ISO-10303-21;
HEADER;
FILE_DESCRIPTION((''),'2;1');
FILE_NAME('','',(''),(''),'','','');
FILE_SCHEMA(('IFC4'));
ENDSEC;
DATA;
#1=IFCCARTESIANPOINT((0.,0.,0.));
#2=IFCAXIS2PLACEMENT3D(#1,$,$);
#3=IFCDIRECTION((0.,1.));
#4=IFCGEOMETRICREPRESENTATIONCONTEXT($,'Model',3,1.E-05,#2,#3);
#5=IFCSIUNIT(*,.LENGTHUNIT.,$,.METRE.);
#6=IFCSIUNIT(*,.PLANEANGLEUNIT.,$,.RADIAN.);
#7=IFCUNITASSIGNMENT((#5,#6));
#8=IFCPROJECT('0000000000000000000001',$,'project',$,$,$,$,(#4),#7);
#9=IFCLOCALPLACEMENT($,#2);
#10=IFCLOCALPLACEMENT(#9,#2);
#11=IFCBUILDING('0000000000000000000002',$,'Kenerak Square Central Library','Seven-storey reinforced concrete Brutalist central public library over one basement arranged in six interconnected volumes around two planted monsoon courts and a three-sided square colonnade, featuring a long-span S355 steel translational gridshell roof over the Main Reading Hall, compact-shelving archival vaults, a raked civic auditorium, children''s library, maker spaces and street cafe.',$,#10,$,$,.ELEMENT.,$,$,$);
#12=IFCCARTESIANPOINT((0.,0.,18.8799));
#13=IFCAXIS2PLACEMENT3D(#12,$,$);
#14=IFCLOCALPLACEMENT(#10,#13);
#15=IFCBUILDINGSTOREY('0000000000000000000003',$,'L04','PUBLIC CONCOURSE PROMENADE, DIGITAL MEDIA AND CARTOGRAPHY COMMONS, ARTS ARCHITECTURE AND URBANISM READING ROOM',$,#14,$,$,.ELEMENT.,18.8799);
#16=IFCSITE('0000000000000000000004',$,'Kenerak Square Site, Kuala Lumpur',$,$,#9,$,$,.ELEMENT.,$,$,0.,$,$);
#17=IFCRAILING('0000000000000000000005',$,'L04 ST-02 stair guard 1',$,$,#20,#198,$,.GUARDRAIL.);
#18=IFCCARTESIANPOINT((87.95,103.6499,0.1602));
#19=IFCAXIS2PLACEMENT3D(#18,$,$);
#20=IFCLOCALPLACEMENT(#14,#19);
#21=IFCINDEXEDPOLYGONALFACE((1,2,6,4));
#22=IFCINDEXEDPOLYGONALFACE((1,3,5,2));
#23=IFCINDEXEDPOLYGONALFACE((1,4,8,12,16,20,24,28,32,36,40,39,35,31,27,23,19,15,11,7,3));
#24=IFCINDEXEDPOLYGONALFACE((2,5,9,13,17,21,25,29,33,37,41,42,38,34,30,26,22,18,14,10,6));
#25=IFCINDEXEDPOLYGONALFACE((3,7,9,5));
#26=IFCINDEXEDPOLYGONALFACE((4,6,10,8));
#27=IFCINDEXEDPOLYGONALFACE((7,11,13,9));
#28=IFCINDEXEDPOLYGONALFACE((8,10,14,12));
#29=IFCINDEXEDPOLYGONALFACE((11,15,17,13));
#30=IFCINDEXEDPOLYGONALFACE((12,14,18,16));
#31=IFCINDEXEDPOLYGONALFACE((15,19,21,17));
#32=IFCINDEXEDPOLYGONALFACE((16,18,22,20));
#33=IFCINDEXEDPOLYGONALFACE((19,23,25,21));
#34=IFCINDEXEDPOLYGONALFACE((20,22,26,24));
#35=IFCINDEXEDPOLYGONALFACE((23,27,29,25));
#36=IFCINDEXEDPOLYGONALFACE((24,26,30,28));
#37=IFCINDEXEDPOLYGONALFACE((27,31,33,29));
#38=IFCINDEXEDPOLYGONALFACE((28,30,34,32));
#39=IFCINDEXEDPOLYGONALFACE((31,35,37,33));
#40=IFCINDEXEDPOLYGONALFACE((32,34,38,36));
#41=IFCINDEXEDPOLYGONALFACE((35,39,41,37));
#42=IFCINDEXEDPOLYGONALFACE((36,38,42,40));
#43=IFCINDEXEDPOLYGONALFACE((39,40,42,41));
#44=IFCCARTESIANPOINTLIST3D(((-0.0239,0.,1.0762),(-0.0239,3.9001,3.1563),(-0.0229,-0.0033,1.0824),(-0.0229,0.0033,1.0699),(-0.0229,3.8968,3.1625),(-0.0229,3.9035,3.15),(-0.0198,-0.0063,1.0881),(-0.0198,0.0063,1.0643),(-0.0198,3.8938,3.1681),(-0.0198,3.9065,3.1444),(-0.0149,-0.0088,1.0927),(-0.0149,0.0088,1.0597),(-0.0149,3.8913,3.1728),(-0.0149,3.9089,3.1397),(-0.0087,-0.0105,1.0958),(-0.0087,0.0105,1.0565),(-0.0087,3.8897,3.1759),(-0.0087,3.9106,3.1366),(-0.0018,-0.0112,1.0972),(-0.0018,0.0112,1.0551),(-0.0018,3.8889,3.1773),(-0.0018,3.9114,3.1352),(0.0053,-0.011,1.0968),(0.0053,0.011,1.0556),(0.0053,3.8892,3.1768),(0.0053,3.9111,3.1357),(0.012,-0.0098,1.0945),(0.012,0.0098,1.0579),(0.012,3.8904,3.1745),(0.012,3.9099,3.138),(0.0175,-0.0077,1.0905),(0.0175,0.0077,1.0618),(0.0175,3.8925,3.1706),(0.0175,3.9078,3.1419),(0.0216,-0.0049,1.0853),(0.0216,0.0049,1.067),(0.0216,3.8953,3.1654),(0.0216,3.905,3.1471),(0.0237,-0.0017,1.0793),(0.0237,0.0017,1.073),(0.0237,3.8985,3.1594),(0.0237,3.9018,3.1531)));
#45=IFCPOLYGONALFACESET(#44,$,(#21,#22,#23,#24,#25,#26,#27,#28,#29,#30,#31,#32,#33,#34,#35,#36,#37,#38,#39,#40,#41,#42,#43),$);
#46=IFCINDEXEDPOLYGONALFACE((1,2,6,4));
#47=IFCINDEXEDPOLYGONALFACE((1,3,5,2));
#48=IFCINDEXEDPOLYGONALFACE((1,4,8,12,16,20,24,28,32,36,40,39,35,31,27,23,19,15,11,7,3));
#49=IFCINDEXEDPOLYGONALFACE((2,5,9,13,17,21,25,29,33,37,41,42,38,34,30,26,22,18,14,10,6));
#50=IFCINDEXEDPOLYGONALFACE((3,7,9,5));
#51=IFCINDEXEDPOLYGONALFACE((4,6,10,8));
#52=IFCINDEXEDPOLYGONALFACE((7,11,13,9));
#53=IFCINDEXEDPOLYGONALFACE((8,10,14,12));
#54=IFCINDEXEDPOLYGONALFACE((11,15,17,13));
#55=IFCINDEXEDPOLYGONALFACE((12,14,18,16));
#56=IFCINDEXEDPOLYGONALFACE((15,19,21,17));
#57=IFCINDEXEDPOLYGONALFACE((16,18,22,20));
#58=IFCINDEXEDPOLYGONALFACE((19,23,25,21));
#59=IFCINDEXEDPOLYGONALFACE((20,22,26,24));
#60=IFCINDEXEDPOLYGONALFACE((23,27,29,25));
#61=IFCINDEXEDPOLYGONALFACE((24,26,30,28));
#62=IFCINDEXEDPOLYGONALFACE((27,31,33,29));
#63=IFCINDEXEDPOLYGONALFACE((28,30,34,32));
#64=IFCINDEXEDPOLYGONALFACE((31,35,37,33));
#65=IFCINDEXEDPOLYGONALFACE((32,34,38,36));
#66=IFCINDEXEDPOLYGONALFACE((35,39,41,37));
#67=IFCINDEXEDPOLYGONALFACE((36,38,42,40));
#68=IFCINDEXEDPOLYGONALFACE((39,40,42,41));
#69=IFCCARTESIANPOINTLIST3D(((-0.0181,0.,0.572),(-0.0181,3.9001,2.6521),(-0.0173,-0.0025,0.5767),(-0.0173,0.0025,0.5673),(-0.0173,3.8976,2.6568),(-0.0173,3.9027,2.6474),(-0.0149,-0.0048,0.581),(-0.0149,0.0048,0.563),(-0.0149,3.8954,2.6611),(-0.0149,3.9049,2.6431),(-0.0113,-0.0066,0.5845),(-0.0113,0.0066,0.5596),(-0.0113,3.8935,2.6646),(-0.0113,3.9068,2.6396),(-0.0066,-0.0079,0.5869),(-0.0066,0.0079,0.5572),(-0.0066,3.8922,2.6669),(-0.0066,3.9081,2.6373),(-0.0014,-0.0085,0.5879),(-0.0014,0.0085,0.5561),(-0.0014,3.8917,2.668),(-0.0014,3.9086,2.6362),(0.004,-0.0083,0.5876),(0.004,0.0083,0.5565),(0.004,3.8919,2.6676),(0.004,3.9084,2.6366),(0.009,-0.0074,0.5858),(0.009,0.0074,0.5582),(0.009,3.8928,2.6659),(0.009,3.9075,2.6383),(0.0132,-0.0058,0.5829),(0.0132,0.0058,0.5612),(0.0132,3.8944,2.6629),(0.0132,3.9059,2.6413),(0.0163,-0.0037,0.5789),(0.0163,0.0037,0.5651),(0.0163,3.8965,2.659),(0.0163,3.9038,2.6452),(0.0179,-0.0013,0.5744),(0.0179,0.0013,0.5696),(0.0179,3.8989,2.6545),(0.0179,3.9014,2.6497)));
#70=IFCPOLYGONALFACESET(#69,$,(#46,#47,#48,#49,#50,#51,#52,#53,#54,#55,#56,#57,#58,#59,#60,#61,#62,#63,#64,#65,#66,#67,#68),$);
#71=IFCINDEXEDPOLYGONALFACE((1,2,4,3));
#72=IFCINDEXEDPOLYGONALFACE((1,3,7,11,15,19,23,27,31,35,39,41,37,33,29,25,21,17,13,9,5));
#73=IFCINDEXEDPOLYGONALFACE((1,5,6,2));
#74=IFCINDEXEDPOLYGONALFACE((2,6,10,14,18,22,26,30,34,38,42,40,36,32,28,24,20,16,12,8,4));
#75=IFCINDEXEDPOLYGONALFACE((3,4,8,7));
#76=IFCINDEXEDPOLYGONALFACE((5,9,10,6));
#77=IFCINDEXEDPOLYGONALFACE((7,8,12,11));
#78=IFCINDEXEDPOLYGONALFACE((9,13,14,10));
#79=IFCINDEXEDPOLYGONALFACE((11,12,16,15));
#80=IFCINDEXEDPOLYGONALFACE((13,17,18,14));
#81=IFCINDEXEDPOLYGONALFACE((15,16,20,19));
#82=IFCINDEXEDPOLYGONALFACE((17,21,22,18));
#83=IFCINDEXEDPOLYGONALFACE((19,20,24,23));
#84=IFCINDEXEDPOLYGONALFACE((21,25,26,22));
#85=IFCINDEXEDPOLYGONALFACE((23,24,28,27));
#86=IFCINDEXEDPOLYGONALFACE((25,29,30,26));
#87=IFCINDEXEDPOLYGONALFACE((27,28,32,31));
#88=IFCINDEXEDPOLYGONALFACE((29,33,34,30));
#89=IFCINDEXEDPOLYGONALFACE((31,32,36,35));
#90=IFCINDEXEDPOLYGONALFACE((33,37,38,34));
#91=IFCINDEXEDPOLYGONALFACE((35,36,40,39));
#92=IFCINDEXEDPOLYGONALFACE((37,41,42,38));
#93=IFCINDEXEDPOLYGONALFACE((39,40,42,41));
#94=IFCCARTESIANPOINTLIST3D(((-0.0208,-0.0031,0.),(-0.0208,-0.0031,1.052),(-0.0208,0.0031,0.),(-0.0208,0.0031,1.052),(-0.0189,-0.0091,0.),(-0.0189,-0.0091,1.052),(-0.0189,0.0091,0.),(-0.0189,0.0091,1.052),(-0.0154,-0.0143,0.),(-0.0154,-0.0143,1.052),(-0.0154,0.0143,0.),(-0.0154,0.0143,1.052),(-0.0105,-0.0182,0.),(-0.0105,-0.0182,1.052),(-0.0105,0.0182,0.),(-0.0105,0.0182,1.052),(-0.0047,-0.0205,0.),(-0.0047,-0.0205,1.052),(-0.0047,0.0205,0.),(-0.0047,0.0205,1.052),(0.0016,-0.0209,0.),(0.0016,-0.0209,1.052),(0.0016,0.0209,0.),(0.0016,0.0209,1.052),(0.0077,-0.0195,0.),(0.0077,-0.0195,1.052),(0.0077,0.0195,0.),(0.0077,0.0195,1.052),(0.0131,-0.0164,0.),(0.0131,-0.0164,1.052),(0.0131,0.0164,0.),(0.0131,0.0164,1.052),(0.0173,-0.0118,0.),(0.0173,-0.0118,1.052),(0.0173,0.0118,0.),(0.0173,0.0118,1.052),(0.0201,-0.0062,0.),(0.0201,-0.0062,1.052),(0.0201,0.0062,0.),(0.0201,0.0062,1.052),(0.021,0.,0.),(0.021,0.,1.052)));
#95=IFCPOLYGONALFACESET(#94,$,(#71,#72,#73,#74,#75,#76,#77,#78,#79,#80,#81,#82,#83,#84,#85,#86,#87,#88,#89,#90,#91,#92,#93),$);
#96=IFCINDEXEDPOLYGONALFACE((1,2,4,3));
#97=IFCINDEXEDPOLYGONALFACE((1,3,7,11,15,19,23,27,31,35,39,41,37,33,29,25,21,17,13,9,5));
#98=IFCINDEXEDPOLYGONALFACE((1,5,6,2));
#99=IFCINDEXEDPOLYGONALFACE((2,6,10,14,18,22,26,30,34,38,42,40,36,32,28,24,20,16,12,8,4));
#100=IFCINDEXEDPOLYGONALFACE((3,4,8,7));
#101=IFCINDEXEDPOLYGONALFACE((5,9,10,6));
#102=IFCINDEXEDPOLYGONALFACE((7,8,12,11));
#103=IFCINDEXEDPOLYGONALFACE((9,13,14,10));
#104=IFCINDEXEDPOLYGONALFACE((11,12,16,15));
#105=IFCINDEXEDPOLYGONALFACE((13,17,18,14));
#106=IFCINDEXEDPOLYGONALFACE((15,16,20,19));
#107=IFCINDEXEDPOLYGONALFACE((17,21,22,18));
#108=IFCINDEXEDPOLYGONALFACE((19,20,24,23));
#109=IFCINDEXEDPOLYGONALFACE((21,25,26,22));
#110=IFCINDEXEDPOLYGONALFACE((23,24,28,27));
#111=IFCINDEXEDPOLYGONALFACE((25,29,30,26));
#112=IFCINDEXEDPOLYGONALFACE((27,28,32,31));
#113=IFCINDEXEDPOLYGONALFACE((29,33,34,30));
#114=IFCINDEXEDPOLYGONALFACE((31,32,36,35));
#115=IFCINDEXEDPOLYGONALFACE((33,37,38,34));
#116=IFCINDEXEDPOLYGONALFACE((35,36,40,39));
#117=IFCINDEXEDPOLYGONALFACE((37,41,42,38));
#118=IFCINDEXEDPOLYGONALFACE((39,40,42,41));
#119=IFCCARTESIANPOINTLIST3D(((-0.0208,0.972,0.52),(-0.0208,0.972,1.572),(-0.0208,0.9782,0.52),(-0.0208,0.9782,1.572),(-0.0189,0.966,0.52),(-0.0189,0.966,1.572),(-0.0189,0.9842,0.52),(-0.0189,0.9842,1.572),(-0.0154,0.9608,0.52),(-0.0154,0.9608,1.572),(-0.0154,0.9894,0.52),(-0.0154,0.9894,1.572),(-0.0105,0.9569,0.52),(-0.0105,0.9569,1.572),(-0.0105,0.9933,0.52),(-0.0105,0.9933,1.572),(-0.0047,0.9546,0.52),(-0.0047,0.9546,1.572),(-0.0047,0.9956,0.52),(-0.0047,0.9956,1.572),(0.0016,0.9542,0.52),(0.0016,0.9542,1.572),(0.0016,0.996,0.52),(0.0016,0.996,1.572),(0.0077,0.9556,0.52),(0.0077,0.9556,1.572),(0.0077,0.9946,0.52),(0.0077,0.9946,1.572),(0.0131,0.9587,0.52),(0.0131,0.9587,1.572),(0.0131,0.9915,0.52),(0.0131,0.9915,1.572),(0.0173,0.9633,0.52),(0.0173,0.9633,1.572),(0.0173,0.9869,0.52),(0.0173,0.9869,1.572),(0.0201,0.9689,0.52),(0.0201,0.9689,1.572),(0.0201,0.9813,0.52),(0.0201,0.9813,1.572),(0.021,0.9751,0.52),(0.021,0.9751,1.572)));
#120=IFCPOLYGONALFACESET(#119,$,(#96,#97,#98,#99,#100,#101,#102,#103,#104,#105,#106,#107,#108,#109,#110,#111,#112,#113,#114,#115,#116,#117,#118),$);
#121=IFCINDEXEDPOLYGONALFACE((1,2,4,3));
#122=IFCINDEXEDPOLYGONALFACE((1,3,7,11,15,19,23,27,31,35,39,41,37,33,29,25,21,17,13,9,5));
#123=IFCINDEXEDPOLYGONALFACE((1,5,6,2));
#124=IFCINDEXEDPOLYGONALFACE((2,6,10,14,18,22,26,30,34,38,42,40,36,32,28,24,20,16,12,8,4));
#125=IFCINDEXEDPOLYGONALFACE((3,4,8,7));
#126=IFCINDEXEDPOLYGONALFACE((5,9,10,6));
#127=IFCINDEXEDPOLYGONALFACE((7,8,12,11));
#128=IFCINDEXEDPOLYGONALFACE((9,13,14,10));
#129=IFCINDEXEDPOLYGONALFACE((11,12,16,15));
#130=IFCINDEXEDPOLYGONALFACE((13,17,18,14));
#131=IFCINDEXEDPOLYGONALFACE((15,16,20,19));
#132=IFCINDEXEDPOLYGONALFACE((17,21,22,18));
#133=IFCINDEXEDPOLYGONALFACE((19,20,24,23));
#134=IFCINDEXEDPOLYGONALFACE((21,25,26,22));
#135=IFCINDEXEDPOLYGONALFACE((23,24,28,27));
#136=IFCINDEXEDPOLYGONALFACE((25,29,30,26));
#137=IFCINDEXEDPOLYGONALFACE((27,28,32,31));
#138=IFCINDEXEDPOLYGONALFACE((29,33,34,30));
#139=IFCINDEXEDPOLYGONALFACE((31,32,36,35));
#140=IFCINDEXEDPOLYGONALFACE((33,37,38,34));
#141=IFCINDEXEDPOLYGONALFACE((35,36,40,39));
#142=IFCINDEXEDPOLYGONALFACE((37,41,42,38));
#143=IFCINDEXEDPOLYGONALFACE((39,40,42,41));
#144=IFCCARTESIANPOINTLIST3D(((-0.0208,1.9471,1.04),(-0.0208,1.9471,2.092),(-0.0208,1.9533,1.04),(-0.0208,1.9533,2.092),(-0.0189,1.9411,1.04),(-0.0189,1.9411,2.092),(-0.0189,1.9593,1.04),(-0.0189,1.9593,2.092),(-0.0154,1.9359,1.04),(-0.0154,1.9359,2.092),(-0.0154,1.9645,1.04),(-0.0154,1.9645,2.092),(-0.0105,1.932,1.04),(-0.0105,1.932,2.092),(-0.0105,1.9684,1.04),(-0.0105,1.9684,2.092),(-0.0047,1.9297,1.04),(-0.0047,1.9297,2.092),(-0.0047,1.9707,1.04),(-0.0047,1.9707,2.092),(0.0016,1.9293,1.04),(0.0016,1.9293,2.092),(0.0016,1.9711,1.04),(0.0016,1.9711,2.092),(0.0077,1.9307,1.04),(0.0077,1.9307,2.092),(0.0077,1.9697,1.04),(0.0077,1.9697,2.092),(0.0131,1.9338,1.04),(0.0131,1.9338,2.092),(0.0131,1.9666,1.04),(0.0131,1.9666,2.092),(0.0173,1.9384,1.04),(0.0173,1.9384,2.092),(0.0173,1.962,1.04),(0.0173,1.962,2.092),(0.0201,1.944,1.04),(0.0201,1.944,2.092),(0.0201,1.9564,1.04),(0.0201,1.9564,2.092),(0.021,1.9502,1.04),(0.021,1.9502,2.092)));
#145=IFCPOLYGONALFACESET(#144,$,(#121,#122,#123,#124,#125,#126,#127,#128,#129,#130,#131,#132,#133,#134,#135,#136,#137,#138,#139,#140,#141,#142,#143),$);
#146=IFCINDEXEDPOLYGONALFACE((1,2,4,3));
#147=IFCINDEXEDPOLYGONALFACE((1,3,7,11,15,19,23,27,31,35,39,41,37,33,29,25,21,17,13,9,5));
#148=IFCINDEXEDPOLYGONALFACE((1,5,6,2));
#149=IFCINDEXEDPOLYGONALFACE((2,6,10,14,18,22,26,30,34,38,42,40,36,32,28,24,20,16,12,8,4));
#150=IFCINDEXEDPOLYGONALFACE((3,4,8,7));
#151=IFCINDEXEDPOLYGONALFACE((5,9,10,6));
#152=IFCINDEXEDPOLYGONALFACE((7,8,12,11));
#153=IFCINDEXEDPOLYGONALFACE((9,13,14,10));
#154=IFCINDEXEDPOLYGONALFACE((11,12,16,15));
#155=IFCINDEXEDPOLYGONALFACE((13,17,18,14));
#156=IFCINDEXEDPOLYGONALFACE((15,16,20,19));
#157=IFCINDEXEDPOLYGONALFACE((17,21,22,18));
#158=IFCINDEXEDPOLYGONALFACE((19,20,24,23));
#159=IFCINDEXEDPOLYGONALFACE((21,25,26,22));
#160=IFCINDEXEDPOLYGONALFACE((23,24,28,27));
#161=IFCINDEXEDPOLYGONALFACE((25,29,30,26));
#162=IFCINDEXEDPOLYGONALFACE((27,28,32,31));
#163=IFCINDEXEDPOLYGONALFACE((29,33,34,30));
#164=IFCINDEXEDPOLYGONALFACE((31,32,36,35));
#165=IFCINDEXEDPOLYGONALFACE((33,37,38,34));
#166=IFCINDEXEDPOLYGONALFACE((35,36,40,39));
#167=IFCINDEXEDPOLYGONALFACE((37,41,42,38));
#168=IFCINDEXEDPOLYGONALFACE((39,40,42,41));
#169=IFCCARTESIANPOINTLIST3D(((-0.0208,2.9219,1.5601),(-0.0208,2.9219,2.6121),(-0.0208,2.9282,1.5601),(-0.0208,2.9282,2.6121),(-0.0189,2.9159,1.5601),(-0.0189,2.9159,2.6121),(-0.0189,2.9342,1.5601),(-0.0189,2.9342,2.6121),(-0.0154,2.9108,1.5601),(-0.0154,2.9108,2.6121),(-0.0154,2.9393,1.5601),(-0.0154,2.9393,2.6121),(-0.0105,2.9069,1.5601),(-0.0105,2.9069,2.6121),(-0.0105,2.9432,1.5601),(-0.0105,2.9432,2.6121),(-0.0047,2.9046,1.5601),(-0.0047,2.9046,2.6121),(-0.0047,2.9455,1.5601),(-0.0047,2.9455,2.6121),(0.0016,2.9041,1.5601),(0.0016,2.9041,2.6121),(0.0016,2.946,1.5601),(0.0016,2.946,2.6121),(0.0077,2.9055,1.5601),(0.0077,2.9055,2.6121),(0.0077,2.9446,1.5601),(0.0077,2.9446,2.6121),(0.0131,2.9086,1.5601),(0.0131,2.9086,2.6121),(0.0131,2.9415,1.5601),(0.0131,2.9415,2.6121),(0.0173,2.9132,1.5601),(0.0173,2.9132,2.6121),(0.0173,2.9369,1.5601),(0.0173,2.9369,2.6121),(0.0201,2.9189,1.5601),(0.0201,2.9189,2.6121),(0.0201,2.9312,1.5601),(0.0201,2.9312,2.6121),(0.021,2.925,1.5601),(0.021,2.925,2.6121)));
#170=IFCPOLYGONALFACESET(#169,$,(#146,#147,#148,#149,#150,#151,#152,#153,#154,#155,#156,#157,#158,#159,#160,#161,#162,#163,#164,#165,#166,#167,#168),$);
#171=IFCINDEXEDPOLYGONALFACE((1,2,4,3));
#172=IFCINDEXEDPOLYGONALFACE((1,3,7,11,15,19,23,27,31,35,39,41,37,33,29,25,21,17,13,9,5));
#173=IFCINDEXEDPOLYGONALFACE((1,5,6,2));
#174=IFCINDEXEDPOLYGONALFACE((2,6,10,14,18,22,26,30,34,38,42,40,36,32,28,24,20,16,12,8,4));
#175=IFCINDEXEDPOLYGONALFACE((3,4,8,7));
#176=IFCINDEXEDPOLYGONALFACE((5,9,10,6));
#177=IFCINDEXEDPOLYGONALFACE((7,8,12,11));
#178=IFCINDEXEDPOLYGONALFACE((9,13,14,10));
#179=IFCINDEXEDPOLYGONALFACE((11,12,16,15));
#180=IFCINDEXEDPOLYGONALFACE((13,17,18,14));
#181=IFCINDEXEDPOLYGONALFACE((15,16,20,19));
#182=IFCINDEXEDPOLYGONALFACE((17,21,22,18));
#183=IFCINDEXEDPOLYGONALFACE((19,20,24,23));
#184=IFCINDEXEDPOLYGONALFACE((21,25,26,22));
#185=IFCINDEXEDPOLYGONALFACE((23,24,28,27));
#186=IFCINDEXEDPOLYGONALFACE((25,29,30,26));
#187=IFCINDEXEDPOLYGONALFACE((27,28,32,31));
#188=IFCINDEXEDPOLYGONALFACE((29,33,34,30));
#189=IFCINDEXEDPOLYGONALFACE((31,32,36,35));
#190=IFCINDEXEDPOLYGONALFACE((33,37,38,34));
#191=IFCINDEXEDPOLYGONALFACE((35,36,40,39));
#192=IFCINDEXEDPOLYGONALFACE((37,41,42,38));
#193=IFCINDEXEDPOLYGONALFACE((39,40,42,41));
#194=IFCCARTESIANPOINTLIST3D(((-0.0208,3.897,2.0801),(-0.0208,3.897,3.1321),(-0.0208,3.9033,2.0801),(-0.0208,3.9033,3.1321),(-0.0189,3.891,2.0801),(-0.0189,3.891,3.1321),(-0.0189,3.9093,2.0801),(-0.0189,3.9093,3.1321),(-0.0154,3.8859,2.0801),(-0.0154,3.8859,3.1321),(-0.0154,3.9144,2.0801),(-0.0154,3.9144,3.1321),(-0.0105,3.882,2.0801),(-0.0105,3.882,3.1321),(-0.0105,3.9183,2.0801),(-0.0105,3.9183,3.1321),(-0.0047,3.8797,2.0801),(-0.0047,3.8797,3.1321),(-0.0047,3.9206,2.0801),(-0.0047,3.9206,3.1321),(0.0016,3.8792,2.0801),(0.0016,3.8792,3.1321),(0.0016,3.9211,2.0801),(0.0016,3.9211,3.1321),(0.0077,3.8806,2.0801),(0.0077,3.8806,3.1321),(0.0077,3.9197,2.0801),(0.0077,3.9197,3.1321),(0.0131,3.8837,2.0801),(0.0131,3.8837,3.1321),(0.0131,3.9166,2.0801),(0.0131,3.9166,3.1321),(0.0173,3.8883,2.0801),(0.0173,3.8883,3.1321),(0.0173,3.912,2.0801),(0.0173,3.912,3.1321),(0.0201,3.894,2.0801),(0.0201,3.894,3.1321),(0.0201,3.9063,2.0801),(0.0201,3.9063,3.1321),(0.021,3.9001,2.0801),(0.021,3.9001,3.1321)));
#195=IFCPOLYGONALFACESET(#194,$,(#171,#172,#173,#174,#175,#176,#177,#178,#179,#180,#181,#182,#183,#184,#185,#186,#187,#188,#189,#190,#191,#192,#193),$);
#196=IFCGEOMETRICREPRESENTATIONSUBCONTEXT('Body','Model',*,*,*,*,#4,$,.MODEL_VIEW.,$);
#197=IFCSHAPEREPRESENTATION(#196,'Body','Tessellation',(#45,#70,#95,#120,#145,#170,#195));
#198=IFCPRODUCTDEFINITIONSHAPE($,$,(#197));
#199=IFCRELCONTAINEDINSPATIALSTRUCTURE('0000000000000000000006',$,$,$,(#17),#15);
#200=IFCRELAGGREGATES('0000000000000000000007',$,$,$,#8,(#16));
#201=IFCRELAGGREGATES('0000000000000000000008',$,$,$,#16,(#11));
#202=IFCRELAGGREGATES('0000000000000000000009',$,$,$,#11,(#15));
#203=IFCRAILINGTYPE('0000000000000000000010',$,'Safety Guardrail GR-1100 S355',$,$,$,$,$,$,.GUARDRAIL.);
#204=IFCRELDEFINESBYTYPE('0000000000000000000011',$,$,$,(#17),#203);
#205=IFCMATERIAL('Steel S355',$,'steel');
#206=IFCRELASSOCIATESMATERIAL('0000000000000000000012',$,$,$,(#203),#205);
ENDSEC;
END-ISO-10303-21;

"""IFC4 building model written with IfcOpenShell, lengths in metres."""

from ifc_helpers import new_model, si_unit, direction, frame, origin, origin_2d, place, context, subcontext, project, spatial, circle, extrude, material, type_object, element, save


model = new_model("IFC4")

# Units and contexts
model_context = context("Model", 3, precision=1e-05, world=origin(), true_north=direction((0.0, 1.0)))
body_context = subcontext(model_context, "Body", "Model", "MODEL_VIEW")
ifc_project = project(units=[si_unit("LENGTHUNIT", "METRE"), si_unit("PLANEANGLEUNIT", "RADIAN")], contexts=[model_context])

# Site, building, storey
site_placement = place(None, origin())
site = spatial("IfcSite", under=ifc_project, at=site_placement, Name="Kenerak Square Site, Kuala Lumpur", CompositionType="ELEMENT", RefElevation=0.0)
building_placement = place(site_placement, origin())
building = spatial("IfcBuilding", under=site, at=building_placement, Name="Kenerak Square Central Library", Description="Seven-storey reinforced concrete Brutalist central public library over one basement arranged in six interconnected volumes around two planted monsoon courts and a three-sided square colonnade, featuring a long-span S355 steel translational gridshell roof over the Main Reading Hall, compact-shelving archival vaults, a raked civic auditorium, children's library, maker spaces and street cafe.", CompositionType="ELEMENT")
storey_placement = place(building_placement, frame((0.0, 0.0, 18.8799)))
storey = spatial("IfcBuildingStorey", under=building, at=storey_placement, Name="L04", Description="PUBLIC CONCOURSE PROMENADE, DIGITAL MEDIA AND CARTOGRAPHY COMMONS, ARTS ARCHITECTURE AND URBANISM READING ROOM", CompositionType="ELEMENT", Elevation=18.8799)

# Railing
ifc_material_1 = material(Name="Steel S355", Category="steel")
railing_type_1 = type_object("IfcRailingType", Name="Safety Guardrail GR-1100 S355", PredefinedType="GUARDRAIL", material=ifc_material_1)
railing_1_placement = place(storey_placement, frame((87.95, 103.6499, 0.1602)))
element("IfcRailing", 1, at=railing_1_placement, inside=storey, type_object=railing_type_1, Name="L04 ST-02 stair guard 1", PredefinedType="GUARDRAIL", context=body_context, shape_type="SweptSolid", body=[
    extrude(circle(Radius=0.0239, at=origin_2d()), frame((0.0, 0.0, 1.0762), z_axis=(0.0, 0.882353, 0.470588), x_axis=(-1.0, 0.0, 0.0)), (0.0, 0.0, 1.0), 4.4202),
    extrude(circle(Radius=0.0181, at=origin_2d()), frame((0.0, 0.0, 0.572), z_axis=(0.0, 0.882353, 0.470588), x_axis=(-1.0, 0.0, 0.0)), (0.0, 0.0, 1.0), 4.4202),
    extrude(circle(Radius=0.021, at=origin_2d()), origin(), (0.0, 0.0, 1.0), 1.052),
    extrude(circle(Radius=0.021, at=origin_2d()), frame((0.0, 0.9751, 0.52)), (0.0, 0.0, 1.0), 1.052),
    extrude(circle(Radius=0.021, at=origin_2d()), frame((0.0, 1.9502, 1.04)), (0.0, 0.0, 1.0), 1.052),
    extrude(circle(Radius=0.021, at=origin_2d()), frame((0.0, 2.925, 1.5601)), (0.0, 0.0, 1.0), 1.052),
    extrude(circle(Radius=0.021, at=origin_2d()), frame((0.0, 3.9001, 2.0801)), (0.0, 0.0, 1.0), 1.052),
])

save(model, "model.ifc")
